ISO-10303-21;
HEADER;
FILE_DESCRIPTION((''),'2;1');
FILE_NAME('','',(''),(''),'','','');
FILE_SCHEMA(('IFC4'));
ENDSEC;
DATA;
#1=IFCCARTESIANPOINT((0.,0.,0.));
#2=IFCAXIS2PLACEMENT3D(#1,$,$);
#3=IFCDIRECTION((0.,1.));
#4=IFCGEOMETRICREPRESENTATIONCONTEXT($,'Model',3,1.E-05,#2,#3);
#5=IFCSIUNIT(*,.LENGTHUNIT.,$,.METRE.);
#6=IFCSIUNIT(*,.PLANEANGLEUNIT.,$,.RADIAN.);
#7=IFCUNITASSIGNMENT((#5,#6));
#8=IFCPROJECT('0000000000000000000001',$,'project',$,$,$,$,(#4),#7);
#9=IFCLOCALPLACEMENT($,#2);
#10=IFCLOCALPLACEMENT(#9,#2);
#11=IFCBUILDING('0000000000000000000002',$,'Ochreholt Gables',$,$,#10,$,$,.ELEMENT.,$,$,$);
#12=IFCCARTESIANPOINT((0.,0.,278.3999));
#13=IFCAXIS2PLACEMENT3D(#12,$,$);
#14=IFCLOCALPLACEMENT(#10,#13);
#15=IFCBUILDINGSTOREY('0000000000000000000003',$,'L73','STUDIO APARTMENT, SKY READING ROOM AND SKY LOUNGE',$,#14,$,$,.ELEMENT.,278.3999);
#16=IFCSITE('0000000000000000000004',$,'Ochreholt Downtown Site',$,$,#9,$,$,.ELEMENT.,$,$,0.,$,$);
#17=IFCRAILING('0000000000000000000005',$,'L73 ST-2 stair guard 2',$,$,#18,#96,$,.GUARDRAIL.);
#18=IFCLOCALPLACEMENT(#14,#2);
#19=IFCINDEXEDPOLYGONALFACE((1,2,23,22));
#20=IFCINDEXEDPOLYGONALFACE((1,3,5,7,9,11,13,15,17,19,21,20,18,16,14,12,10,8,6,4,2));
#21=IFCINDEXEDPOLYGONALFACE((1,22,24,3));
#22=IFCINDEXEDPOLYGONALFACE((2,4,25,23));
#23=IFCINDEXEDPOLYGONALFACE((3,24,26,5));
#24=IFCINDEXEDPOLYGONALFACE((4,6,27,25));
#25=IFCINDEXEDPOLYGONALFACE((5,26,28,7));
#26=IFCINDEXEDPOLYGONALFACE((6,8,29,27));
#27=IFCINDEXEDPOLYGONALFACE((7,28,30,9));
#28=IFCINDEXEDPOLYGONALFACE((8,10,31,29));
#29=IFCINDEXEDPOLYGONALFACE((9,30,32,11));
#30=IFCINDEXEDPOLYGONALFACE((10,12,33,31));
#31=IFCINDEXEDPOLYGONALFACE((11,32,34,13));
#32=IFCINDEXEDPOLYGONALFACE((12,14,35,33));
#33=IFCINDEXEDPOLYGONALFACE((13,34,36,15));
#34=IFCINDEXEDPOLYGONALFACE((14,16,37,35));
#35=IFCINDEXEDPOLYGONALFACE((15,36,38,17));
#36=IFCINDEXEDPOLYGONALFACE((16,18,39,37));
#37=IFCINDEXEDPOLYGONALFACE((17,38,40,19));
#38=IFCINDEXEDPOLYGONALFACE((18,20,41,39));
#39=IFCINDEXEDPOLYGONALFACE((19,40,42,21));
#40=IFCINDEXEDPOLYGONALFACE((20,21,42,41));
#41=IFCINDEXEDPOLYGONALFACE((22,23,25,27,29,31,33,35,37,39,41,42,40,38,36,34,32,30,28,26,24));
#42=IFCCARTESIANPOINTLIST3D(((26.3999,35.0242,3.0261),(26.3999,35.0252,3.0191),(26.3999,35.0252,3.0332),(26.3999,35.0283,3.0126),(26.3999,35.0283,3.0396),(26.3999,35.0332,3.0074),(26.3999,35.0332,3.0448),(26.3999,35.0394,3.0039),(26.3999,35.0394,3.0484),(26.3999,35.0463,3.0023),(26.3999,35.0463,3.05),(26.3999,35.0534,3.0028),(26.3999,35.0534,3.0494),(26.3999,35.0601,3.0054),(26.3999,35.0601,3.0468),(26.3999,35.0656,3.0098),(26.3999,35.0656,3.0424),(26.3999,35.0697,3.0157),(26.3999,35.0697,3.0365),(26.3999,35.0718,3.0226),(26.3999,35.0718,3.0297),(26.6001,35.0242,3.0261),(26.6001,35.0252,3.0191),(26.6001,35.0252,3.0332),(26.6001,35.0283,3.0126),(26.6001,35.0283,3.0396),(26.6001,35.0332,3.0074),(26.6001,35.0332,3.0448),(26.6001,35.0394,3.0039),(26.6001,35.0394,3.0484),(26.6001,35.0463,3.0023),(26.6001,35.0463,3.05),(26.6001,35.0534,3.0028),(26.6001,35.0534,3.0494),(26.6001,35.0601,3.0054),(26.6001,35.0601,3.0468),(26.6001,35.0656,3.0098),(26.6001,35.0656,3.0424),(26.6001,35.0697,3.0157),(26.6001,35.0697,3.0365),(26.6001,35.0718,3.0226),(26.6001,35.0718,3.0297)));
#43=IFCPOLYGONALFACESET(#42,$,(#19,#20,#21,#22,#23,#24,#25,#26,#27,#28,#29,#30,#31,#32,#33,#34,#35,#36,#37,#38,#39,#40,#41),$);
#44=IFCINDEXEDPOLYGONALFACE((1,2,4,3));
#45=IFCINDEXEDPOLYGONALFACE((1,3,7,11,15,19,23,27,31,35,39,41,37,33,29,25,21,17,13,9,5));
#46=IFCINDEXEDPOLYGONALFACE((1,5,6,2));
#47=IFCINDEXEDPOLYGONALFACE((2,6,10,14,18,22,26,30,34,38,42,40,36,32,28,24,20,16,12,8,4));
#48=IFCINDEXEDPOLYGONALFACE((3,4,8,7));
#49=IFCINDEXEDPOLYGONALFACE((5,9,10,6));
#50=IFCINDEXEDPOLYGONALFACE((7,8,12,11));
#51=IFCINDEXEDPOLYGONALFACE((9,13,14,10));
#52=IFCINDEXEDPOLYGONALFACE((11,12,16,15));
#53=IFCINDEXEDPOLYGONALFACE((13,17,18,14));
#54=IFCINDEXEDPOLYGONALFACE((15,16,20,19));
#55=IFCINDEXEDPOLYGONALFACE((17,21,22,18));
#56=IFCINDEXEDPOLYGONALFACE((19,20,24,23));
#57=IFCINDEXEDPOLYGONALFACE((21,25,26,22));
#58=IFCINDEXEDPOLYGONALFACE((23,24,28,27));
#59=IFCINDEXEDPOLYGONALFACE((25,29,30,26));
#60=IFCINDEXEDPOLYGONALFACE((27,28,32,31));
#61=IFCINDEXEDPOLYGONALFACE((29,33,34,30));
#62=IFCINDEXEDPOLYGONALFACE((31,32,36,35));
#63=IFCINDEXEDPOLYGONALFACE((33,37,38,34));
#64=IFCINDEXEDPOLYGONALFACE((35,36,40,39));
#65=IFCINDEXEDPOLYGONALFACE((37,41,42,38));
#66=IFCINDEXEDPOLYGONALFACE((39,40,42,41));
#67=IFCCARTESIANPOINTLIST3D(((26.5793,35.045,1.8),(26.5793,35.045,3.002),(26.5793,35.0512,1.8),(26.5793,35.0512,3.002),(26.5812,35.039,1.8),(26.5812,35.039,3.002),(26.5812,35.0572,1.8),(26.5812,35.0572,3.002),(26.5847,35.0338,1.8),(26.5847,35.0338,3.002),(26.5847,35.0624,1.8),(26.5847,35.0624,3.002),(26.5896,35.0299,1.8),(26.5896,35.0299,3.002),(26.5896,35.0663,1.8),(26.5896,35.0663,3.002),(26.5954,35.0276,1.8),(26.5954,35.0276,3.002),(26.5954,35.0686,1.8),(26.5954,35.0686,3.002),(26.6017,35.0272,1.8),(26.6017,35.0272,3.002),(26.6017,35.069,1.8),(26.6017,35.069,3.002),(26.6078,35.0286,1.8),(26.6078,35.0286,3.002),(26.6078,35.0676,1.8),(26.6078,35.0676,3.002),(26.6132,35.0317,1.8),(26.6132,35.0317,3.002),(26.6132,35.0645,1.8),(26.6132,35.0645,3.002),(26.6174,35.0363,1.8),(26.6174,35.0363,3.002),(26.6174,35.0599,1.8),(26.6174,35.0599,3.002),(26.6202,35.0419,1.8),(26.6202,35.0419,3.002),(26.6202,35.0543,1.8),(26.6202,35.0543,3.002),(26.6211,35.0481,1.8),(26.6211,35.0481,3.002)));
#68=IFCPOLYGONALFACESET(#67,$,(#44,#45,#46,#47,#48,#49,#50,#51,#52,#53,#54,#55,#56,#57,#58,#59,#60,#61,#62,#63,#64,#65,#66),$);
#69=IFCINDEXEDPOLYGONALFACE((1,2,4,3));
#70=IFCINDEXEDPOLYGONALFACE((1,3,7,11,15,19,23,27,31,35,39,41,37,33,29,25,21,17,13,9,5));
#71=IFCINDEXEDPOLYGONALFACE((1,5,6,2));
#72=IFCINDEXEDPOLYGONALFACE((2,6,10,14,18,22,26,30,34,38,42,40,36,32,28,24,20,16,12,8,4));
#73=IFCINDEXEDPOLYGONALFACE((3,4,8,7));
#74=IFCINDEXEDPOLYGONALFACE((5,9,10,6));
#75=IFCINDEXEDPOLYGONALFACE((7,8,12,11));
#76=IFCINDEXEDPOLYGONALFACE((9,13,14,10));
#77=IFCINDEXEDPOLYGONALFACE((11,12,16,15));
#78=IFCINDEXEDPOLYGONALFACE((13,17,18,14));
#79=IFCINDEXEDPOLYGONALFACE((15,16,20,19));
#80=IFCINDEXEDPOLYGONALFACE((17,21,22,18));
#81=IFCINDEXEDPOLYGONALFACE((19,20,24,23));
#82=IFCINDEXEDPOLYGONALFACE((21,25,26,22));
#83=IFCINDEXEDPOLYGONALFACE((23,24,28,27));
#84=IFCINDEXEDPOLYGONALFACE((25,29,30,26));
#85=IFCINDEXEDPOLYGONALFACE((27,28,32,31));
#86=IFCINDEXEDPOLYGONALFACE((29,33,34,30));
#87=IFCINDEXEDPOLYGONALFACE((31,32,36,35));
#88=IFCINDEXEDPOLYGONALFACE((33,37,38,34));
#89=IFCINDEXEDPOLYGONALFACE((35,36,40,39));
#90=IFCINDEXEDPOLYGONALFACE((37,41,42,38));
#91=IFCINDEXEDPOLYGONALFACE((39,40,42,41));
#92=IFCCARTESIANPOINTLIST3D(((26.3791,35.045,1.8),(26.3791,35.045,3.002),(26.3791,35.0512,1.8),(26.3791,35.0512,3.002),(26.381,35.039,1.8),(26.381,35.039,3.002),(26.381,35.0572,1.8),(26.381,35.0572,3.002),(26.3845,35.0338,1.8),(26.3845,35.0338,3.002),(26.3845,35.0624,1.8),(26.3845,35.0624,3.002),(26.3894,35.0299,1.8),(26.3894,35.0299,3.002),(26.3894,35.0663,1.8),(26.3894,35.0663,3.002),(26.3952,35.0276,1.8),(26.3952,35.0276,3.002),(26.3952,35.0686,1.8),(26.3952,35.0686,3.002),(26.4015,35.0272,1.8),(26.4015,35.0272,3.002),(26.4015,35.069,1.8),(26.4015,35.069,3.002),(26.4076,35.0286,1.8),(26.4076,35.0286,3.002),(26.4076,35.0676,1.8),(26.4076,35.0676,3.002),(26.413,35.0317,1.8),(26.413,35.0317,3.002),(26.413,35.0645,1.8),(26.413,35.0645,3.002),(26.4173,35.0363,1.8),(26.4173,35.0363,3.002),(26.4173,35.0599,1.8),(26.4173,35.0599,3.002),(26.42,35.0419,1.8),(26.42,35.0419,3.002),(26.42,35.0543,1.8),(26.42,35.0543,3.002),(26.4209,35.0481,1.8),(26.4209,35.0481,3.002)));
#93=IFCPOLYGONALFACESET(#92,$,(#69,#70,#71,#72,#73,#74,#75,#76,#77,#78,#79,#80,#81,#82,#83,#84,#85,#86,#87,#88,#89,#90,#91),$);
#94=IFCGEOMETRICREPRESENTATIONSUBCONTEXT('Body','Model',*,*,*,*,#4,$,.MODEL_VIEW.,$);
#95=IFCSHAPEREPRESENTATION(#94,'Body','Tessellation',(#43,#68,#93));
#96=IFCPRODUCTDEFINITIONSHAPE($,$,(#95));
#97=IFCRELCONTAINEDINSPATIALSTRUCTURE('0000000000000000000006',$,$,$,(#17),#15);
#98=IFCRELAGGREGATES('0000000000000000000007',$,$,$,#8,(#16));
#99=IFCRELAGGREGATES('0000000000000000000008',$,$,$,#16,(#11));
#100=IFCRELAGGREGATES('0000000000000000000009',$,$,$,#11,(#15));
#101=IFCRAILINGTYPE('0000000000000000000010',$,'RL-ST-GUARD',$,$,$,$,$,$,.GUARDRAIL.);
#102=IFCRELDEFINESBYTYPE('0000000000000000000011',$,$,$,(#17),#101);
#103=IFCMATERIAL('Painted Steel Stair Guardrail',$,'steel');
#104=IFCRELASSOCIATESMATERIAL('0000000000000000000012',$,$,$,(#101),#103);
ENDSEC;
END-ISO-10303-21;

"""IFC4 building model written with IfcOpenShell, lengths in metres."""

from ifc_helpers import new_model, si_unit, direction, frame, origin, origin_2d, place, context, subcontext, project, spatial, circle, extrude, material, type_object, element, save


model = new_model("IFC4")

# Units and contexts
model_context = context("Model", 3, precision=1e-05, world=origin(), true_north=direction((0.0, 1.0)))
body_context = subcontext(model_context, "Body", "Model", "MODEL_VIEW")
ifc_project = project(units=[si_unit("LENGTHUNIT", "METRE"), si_unit("PLANEANGLEUNIT", "RADIAN")], contexts=[model_context])

# Site, building, storey
site_placement = place(None, origin())
site = spatial("IfcSite", under=ifc_project, at=site_placement, Name="Ochreholt Downtown Site", CompositionType="ELEMENT", RefElevation=0.0)
building_placement = place(site_placement, origin())
building = spatial("IfcBuilding", under=site, at=building_placement, Name="Ochreholt Gables", CompositionType="ELEMENT")
storey_placement = place(building_placement, frame((0.0, 0.0, 278.3999)))
storey = spatial("IfcBuildingStorey", under=building, at=storey_placement, Name="L73", Description="STUDIO APARTMENT, SKY READING ROOM AND SKY LOUNGE", CompositionType="ELEMENT", Elevation=278.3999)

# Railing
ifc_material_1 = material(Name="Painted Steel Stair Guardrail", Category="steel")
railing_type_1 = type_object("IfcRailingType", Name="RL-ST-GUARD", PredefinedType="GUARDRAIL", material=ifc_material_1)
railing_1_placement = place(storey_placement, frame((26.6001, 35.0481, 1.8)))
element("IfcRailing", 1, at=railing_1_placement, inside=storey, type_object=railing_type_1, Name="L73 ST-2 stair guard 2", PredefinedType="GUARDRAIL", context=body_context, shape_type="SweptSolid", body=[
    extrude(circle(Radius=0.0239, at=origin_2d()), frame((0.0, 0.0, 1.2261), z_axis=(-1.0, 0.0, 0.0), x_axis=(0.0, -1.0, 0.0)), (0.0, 0.0, 1.0), 0.2002),
    extrude(circle(Radius=0.021, at=origin_2d()), origin(), (0.0, 0.0, 1.0), 1.2019),
    extrude(circle(Radius=0.021, at=origin_2d()), frame((-0.2002, 0.0, 0.0)), (0.0, 0.0, 1.0), 1.2019),
])

save(model, "model.ifc")
